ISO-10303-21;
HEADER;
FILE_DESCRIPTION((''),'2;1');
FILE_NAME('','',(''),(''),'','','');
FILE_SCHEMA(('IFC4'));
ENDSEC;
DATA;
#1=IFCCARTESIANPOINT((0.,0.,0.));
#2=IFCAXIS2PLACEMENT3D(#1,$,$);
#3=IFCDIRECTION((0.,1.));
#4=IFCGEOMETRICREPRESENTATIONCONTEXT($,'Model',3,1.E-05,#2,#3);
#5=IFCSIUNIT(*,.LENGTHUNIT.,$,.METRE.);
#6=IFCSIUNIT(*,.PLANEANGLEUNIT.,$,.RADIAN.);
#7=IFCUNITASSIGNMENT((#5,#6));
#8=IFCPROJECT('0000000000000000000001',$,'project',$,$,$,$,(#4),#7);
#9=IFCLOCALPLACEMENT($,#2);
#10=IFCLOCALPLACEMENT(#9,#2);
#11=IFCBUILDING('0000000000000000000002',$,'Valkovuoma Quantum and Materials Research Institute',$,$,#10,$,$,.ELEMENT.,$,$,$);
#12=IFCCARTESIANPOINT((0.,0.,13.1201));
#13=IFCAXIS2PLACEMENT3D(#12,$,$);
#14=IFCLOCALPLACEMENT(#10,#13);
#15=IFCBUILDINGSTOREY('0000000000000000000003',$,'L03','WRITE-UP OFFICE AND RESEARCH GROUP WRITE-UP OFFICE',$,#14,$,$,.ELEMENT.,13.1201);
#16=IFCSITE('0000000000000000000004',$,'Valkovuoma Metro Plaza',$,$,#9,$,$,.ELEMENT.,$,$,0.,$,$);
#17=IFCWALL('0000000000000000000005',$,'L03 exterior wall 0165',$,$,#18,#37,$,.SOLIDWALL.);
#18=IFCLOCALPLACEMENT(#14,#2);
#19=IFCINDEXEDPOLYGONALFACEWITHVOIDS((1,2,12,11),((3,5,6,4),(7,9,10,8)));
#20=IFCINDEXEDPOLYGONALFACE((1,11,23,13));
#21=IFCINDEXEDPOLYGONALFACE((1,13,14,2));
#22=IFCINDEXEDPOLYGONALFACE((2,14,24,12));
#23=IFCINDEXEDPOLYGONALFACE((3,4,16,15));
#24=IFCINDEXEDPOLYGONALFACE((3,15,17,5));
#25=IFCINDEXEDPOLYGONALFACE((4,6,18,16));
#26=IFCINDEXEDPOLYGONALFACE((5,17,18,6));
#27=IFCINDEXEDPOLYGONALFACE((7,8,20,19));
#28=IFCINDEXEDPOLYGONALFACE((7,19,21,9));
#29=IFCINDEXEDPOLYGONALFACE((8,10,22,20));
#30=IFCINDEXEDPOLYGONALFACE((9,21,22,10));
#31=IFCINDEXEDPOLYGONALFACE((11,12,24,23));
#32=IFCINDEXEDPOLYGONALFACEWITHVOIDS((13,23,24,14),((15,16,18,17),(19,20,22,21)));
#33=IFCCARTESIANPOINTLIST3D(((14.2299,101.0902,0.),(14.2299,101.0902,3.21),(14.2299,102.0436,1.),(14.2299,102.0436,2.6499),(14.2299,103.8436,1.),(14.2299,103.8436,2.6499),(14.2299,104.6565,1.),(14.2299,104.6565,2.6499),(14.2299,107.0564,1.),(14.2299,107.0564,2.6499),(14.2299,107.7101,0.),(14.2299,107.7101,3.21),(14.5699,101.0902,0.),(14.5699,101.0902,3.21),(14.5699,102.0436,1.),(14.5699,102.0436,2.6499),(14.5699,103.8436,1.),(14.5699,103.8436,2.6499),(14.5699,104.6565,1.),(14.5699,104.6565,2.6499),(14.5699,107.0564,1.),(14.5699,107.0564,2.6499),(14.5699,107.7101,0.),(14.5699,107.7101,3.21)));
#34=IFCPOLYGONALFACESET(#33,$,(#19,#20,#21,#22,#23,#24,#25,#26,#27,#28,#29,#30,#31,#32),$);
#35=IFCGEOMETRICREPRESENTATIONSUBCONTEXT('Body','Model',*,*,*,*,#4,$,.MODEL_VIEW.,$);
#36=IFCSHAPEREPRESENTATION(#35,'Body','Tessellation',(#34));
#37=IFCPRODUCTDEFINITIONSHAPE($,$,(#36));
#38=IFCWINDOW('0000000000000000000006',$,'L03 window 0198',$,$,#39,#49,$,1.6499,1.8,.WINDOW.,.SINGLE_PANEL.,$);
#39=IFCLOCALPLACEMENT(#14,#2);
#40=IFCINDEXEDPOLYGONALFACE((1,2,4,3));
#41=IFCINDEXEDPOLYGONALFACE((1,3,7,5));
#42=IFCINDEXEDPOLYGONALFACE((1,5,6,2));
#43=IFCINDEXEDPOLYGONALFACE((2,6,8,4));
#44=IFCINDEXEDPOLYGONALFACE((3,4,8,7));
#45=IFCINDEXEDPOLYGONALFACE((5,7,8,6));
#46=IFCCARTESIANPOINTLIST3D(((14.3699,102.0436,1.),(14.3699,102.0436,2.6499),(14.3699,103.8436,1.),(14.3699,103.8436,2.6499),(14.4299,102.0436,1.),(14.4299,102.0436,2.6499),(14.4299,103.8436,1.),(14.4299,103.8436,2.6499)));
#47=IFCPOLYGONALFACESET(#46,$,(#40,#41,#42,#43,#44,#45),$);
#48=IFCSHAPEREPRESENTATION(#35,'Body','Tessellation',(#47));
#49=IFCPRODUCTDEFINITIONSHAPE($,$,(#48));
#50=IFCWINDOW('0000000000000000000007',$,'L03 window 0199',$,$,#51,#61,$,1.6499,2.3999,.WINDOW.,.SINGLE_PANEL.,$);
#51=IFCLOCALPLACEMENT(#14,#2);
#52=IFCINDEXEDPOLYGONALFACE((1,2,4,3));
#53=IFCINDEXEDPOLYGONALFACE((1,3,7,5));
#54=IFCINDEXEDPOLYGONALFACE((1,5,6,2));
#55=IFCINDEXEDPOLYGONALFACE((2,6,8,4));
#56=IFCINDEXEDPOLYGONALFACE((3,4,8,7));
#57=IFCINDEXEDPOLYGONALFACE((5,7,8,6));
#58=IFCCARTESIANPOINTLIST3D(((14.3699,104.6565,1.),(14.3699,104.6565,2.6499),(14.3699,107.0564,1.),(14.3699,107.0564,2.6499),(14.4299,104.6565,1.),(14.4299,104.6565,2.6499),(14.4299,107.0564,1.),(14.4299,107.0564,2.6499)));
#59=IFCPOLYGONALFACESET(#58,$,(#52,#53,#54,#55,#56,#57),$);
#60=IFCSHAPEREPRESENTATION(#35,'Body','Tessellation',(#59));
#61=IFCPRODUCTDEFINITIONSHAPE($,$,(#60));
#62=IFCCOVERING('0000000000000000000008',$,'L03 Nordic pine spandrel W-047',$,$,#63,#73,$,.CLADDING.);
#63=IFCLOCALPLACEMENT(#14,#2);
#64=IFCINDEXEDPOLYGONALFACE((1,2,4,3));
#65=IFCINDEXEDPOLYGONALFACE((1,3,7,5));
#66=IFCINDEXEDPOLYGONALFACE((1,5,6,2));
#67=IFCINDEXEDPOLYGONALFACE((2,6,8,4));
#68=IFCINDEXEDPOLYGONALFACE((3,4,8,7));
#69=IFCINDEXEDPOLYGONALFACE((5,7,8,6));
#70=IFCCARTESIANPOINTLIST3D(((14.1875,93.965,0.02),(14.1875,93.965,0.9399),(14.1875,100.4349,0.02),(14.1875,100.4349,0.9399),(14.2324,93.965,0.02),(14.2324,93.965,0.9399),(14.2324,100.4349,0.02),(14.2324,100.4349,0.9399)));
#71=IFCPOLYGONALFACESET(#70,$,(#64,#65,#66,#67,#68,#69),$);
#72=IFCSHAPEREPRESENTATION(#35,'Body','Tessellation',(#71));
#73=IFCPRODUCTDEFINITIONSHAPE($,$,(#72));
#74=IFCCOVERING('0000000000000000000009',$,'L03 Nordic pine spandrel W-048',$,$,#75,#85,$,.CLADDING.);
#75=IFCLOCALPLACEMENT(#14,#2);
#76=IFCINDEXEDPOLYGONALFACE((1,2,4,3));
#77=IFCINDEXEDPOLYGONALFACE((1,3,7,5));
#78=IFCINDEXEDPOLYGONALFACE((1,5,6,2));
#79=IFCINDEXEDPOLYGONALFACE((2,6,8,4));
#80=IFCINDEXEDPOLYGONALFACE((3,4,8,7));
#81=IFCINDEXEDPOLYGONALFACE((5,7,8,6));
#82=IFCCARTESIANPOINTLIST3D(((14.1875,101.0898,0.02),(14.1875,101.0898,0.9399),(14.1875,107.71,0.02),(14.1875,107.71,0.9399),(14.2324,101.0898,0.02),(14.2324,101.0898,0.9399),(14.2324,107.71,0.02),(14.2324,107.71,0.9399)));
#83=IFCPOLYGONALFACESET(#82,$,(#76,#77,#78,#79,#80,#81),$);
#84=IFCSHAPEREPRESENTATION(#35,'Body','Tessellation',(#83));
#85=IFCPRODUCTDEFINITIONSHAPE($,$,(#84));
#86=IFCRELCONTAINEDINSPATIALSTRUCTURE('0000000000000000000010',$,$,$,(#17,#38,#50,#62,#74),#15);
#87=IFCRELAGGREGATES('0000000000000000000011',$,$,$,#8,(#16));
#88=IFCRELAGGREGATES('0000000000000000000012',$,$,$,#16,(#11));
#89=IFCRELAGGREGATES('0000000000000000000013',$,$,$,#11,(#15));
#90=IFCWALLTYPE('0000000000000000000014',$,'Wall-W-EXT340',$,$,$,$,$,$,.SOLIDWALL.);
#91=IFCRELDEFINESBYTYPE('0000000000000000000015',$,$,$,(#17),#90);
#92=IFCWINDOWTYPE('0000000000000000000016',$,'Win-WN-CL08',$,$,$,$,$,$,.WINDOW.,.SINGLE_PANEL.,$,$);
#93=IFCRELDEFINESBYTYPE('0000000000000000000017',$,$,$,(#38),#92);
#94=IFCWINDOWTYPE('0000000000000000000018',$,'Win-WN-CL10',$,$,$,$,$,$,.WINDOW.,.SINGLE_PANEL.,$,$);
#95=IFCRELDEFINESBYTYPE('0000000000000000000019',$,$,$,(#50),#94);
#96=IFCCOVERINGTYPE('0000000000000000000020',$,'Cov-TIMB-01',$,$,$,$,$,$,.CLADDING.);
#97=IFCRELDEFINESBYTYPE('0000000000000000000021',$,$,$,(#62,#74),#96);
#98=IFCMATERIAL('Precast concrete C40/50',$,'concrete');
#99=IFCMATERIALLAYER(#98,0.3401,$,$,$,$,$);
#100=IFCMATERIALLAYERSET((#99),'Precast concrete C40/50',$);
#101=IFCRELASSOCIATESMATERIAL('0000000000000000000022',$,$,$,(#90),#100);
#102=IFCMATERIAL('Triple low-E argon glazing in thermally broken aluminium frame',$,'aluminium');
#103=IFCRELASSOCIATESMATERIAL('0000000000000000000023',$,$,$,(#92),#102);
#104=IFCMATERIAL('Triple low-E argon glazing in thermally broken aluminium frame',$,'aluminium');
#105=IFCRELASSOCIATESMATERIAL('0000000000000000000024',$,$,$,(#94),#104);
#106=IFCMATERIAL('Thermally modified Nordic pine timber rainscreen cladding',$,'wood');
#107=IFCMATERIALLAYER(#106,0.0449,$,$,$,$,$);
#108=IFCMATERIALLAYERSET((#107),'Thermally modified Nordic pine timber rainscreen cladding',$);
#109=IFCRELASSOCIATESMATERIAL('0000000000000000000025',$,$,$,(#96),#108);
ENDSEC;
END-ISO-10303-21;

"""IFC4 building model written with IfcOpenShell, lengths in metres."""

from ifc_helpers import new_model, si_unit, direction, frame, frame_2d, origin, origin_2d, place, context, subcontext, project, spatial, rectangle, extrude, material, layer, layer_set, type_object, element, fill, save


model = new_model("IFC4")

# Units and contexts
model_context = context("Model", 3, precision=1e-05, world=origin(), true_north=direction((0.0, 1.0)))
body_context = subcontext(model_context, "Body", "Model", "MODEL_VIEW")
ifc_project = project(units=[si_unit("LENGTHUNIT", "METRE"), si_unit("PLANEANGLEUNIT", "RADIAN")], contexts=[model_context])

# Site, building, storey
site_placement = place(None, origin())
site = spatial("IfcSite", under=ifc_project, at=site_placement, Name="Valkovuoma Metro Plaza", CompositionType="ELEMENT", RefElevation=0.0)
building_placement = place(site_placement, origin())
building = spatial("IfcBuilding", under=site, at=building_placement, Name="Valkovuoma Quantum and Materials Research Institute", CompositionType="ELEMENT")
storey_placement = place(building_placement, frame((0.0, 0.0, 13.1201)))
storey = spatial("IfcBuildingStorey", under=building, at=storey_placement, Name="L03", Description="WRITE-UP OFFICE AND RESEARCH GROUP WRITE-UP OFFICE", CompositionType="ELEMENT", Elevation=13.1201)

# Wall, openings, windows
ifc_material_1 = material(Name="Precast concrete C40/50", Category="concrete")
ifc_layer_1 = layer(ifc_material_1, 0.3401)
ifc_layer_set_1 = layer_set([ifc_layer_1], Name="Precast concrete C40/50")
wall_type_1 = type_object("IfcWallType", Name="Wall-W-EXT340", PredefinedType="SOLIDWALL", material=ifc_layer_set_1)
wall_1_placement = place(storey_placement, frame((14.3999, 101.0901, 0.0), z_axis=(0.0, 0.0, 1.0), x_axis=(0.0, 1.0, 0.0)))
wall_1 = element("IfcWall", 1, at=wall_1_placement, inside=storey, type_object=wall_type_1, Name="L03 exterior wall 0165", PredefinedType="SOLIDWALL", context=body_context, shape_type="SweptSolid", body=[
    extrude(rectangle(XDim=6.6199, YDim=0.3401, at=frame_2d((3.3101, 0.0))), origin(), (0.0, 0.0, 1.0), 3.21),
])
opening_1_placement = place(wall_1_placement, frame((0.9536, 0.0, 1.0)))
opening_1 = element("IfcOpeningElement", 2, at=opening_1_placement, cuts=wall_1, PredefinedType="OPENING", context=body_context, shape_type="SweptSolid", body=[
    extrude(rectangle(XDim=1.8, YDim=1.6499, at=frame_2d((0.8999, 0.825))), frame((0.0, 0.1802, 0.0), z_axis=(0.0, -1.0, 0.0), x_axis=(1.0, 0.0, 0.0)), (0.0, 0.0, 1.0), 0.3601),
])
opening_2_placement = place(wall_1_placement, frame((3.5664, 0.0, 1.0)))
opening_2 = element("IfcOpeningElement", 3, at=opening_2_placement, cuts=wall_1, PredefinedType="OPENING", context=body_context, shape_type="SweptSolid", body=[
    extrude(rectangle(XDim=2.3999, YDim=1.6499, at=frame_2d((1.2, 0.825))), frame((0.0, 0.1802, 0.0), z_axis=(0.0, -1.0, 0.0), x_axis=(1.0, 0.0, 0.0)), (0.0, 0.0, 1.0), 0.3601),
])
ifc_material_2 = material(Name="Triple low-E argon glazing in thermally broken aluminium frame", Category="aluminium")
window_type_1 = type_object("IfcWindowType", Name="Win-WN-CL08", PartitioningType="SINGLE_PANEL", PredefinedType="WINDOW", material=ifc_material_2)
window_1_placement = place(opening_1_placement, origin())
window_1 = element("IfcWindow", 4, at=window_1_placement, inside=storey, type_object=window_type_1, Name="L03 window 0198", OverallHeight=1.6499, OverallWidth=1.8, PartitioningType="SINGLE_PANEL", PredefinedType="WINDOW", context=body_context, shape_type="SweptSolid", body=[
    extrude(rectangle(XDim=1.8, YDim=1.6499, at=frame_2d((0.8999, 0.825))), frame((0.0, 0.03, 0.0), z_axis=(0.0, -1.0, 0.0), x_axis=(1.0, 0.0, 0.0)), (0.0, 0.0, 1.0), 0.0601),
])
fill(opening_1, window_1)
ifc_material_3 = material(Name="Triple low-E argon glazing in thermally broken aluminium frame", Category="aluminium")
window_type_2 = type_object("IfcWindowType", Name="Win-WN-CL10", PartitioningType="SINGLE_PANEL", PredefinedType="WINDOW", material=ifc_material_3)
window_2_placement = place(opening_2_placement, origin())
window_2 = element("IfcWindow", 5, at=window_2_placement, inside=storey, type_object=window_type_2, Name="L03 window 0199", OverallHeight=1.6499, OverallWidth=2.3999, PartitioningType="SINGLE_PANEL", PredefinedType="WINDOW", context=body_context, shape_type="SweptSolid", body=[
    extrude(rectangle(XDim=2.3999, YDim=1.6499, at=frame_2d((1.2, 0.825))), frame((0.0, 0.03, 0.0), z_axis=(0.0, -1.0, 0.0), x_axis=(1.0, 0.0, 0.0)), (0.0, 0.0, 1.0), 0.0601),
])
fill(opening_2, window_2)

# Coverings
ifc_material_4 = material(Name="Thermally modified Nordic pine timber rainscreen cladding", Category="wood")
ifc_layer_2 = layer(ifc_material_4, 0.0449)
ifc_layer_set_2 = layer_set([ifc_layer_2], Name="Thermally modified Nordic pine timber rainscreen cladding")
covering_type = type_object("IfcCoveringType", Name="Cov-TIMB-01", PredefinedType="CLADDING", material=ifc_layer_set_2)
covering_1_placement = place(storey_placement, frame((14.21, 97.2, 0.02), z_axis=(0.0, 0.0, 1.0), x_axis=(1.0, 0.0, 0.0)))
element("IfcCovering", 6, at=covering_1_placement, inside=storey, type_object=covering_type, Name="L03 Nordic pine spandrel W-047", PredefinedType="CLADDING", context=body_context, shape_type="SweptSolid", body=[
    extrude(rectangle(XDim=0.0449, YDim=6.47, at=origin_2d()), origin(), (0.0, 0.0, 1.0), 0.9199),
])
covering_2_placement = place(storey_placement, frame((14.21, 104.3999, 0.02), z_axis=(0.0, 0.0, 1.0), x_axis=(1.0, 0.0, 0.0)))
element("IfcCovering", 7, at=covering_2_placement, inside=storey, type_object=covering_type, Name="L03 Nordic pine spandrel W-048", PredefinedType="CLADDING", context=body_context, shape_type="SweptSolid", body=[
    extrude(rectangle(XDim=0.0449, YDim=6.6201, at=origin_2d()), origin(), (0.0, 0.0, 1.0), 0.9199),
])

save(model, "model.ifc")
